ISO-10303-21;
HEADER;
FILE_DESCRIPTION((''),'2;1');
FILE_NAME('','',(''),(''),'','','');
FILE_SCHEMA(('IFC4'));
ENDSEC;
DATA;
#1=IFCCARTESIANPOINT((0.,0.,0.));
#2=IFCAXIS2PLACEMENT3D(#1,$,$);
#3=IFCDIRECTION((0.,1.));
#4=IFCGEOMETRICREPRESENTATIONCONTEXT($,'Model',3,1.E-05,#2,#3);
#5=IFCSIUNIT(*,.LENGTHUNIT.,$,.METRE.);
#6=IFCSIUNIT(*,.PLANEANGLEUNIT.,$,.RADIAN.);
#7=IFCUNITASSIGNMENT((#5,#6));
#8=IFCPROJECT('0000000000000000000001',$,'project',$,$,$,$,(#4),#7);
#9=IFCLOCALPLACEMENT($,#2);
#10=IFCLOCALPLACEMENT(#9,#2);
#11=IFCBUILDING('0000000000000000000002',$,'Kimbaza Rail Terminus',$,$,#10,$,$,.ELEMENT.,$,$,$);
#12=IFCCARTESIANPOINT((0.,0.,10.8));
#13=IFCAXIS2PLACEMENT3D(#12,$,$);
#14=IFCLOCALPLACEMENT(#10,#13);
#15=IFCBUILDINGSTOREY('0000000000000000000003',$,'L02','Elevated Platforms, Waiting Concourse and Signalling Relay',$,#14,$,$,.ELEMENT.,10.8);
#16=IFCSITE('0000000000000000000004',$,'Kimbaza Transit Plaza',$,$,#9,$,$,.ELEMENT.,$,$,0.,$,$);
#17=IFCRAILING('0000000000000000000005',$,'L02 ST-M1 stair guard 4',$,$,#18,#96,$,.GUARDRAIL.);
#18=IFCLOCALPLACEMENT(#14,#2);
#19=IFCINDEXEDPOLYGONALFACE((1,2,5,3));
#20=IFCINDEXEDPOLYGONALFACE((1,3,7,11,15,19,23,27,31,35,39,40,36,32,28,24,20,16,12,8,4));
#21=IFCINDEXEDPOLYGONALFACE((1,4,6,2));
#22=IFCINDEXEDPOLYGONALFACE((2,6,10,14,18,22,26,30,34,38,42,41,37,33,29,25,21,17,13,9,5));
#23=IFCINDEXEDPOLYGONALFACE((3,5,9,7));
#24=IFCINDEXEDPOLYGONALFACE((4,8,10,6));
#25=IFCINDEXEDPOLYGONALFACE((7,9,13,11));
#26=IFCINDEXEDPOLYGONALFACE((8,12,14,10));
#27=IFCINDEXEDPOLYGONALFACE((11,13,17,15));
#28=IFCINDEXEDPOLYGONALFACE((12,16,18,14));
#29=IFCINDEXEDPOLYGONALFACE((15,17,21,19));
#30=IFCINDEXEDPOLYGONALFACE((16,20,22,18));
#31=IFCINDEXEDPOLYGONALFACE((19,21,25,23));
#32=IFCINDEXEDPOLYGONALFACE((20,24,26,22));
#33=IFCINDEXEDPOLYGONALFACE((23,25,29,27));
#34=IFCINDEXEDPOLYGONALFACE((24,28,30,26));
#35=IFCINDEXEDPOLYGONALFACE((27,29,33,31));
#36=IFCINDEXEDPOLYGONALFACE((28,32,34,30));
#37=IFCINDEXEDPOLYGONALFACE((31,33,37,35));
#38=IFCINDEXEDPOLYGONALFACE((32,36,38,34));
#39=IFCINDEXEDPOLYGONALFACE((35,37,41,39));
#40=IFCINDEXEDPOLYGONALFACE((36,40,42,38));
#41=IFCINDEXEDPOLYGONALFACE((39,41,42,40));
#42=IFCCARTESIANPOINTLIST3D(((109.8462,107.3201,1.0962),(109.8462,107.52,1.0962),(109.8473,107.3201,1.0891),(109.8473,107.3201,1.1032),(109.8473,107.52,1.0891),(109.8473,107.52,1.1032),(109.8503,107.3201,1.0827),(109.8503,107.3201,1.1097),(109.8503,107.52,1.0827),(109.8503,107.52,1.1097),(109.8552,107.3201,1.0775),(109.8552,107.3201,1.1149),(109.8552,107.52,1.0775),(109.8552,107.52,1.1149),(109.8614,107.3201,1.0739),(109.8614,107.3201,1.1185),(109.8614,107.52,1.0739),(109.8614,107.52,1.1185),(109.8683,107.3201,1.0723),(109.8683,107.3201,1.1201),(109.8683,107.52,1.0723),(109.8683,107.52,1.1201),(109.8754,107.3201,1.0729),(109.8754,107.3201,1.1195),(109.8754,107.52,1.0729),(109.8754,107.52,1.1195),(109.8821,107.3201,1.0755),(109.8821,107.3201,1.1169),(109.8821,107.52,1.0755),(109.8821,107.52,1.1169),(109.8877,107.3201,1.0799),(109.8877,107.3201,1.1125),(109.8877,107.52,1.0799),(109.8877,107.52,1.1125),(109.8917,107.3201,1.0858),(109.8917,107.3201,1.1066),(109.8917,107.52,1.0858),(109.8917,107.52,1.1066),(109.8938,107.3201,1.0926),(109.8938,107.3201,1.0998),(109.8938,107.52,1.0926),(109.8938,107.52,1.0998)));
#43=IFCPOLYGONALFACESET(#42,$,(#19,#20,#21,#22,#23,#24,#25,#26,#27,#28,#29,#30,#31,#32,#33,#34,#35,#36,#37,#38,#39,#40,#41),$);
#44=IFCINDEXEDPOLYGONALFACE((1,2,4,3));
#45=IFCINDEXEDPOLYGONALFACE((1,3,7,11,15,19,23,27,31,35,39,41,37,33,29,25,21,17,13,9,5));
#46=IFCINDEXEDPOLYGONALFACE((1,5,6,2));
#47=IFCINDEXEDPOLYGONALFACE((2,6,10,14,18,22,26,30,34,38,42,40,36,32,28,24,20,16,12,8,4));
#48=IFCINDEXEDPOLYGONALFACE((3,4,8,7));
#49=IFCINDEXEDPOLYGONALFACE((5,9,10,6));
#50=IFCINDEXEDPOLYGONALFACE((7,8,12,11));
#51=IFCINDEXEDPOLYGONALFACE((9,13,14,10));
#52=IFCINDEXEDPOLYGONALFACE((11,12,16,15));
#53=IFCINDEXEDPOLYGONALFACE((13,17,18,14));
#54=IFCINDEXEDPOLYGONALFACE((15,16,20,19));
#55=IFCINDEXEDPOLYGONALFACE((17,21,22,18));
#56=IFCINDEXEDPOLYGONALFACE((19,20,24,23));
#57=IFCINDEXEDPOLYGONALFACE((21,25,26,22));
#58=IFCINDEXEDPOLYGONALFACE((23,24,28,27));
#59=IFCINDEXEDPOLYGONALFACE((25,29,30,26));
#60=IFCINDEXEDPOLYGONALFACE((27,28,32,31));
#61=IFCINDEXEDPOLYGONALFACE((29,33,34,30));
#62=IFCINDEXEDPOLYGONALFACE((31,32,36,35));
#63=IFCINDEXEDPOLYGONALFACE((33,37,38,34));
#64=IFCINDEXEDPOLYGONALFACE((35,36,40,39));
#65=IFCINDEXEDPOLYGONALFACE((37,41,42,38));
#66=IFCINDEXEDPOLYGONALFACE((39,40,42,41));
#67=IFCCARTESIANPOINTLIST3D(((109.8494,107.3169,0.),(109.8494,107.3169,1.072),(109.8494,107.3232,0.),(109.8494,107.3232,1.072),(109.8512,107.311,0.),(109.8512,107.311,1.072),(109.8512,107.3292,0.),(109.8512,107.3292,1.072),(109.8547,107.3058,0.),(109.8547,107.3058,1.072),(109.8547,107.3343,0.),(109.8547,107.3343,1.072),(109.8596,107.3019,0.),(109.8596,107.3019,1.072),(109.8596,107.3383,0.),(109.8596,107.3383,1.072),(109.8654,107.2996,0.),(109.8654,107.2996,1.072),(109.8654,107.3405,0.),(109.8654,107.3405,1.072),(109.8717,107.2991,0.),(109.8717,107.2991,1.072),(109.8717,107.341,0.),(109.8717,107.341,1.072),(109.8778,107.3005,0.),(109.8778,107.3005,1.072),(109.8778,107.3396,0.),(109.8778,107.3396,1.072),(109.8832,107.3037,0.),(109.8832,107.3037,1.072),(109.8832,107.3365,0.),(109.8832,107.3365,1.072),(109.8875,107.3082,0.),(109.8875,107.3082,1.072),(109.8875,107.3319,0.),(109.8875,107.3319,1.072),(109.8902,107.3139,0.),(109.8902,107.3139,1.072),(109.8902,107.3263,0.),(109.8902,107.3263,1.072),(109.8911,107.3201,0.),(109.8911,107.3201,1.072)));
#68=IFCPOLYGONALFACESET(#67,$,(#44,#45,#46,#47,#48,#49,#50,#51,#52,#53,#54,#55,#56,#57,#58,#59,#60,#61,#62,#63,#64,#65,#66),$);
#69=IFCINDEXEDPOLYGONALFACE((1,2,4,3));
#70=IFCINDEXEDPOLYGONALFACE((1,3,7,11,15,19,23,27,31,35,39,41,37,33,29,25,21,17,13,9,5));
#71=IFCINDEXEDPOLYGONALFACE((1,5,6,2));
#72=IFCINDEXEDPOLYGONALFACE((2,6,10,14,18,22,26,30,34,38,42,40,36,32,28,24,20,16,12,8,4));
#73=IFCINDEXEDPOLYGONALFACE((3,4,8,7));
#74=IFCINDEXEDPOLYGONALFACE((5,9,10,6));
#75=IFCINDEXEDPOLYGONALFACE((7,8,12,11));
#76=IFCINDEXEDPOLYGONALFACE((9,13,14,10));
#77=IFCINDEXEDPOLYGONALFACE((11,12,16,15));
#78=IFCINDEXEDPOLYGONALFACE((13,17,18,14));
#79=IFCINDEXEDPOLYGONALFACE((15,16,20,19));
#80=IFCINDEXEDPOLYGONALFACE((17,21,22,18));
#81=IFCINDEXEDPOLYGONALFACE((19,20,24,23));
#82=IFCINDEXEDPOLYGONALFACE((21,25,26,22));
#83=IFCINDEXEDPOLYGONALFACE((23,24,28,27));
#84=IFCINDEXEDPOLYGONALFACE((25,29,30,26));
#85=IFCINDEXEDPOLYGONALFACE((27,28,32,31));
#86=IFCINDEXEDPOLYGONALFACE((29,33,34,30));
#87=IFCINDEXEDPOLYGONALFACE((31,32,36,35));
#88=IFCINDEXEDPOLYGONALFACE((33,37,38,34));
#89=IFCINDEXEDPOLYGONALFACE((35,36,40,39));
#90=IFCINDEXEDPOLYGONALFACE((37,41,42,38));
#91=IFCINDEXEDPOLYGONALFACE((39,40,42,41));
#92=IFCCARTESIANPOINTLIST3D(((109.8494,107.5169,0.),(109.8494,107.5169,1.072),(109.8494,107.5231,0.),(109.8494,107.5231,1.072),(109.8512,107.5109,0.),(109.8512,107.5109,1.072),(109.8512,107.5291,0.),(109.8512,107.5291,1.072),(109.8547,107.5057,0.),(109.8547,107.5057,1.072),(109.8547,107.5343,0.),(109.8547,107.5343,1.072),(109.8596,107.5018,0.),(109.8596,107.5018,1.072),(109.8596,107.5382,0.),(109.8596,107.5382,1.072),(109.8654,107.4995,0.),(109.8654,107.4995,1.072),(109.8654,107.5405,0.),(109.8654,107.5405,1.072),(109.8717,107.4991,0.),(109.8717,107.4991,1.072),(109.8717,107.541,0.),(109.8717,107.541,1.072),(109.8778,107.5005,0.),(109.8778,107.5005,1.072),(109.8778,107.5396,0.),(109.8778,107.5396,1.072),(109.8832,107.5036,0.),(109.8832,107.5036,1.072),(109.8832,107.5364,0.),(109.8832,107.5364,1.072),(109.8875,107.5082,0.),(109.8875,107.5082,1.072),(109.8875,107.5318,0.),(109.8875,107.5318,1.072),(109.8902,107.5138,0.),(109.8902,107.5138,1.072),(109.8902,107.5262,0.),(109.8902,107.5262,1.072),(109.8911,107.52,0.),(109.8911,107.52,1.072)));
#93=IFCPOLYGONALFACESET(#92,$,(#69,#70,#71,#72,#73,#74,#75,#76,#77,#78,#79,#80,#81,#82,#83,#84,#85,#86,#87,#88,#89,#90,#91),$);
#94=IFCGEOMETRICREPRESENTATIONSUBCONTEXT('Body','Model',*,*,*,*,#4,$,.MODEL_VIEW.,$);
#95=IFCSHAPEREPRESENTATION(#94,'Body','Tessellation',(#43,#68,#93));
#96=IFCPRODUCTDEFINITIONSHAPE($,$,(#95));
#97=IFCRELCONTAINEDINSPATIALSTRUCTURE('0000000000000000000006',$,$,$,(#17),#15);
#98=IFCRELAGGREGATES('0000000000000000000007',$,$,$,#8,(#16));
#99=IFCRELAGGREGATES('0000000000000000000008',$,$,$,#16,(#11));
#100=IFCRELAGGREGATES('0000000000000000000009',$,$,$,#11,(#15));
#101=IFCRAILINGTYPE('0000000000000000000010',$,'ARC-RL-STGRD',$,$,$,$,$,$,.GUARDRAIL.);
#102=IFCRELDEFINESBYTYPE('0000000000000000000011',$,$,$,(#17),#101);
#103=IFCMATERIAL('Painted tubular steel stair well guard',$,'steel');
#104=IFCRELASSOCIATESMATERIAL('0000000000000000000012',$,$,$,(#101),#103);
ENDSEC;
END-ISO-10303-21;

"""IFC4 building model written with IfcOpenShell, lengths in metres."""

from ifc_helpers import new_model, si_unit, direction, frame, origin, origin_2d, place, context, subcontext, project, spatial, circle, extrude, material, type_object, element, save


model = new_model("IFC4")

# Units and contexts
model_context = context("Model", 3, precision=1e-05, world=origin(), true_north=direction((0.0, 1.0)))
body_context = subcontext(model_context, "Body", "Model", "MODEL_VIEW")
ifc_project = project(units=[si_unit("LENGTHUNIT", "METRE"), si_unit("PLANEANGLEUNIT", "RADIAN")], contexts=[model_context])

# Site, building, storey
site_placement = place(None, origin())
site = spatial("IfcSite", under=ifc_project, at=site_placement, Name="Kimbaza Transit Plaza", CompositionType="ELEMENT", RefElevation=0.0)
building_placement = place(site_placement, origin())
building = spatial("IfcBuilding", under=site, at=building_placement, Name="Kimbaza Rail Terminus", CompositionType="ELEMENT")
storey_placement = place(building_placement, frame((0.0, 0.0, 10.8)))
storey = spatial("IfcBuildingStorey", under=building, at=storey_placement, Name="L02", Description="Elevated Platforms, Waiting Concourse and Signalling Relay", CompositionType="ELEMENT", Elevation=10.8)

# Railing
ifc_material_1 = material(Name="Painted tubular steel stair well guard", Category="steel")
railing_type_1 = type_object("IfcRailingType", Name="ARC-RL-STGRD", PredefinedType="GUARDRAIL", material=ifc_material_1)
railing_1_placement = place(storey_placement, frame((109.8701, 107.3201, 0.0)))
element("IfcRailing", 1, at=railing_1_placement, inside=storey, type_object=railing_type_1, Name="L02 ST-M1 stair guard 4", PredefinedType="GUARDRAIL", context=body_context, shape_type="SweptSolid", body=[
    extrude(circle(Radius=0.0239, at=origin_2d()), frame((0.0, 0.0, 1.0962), z_axis=(0.0, 1.0, 0.0), x_axis=(-1.0, 0.0, 0.0)), (0.0, 0.0, 1.0), 0.2),
    extrude(circle(Radius=0.021, at=origin_2d()), origin(), (0.0, 0.0, 1.0), 1.072),
    extrude(circle(Radius=0.021, at=origin_2d()), frame((0.0, 0.2, 0.0)), (0.0, 0.0, 1.0), 1.072),
])

save(model, "model.ifc")
